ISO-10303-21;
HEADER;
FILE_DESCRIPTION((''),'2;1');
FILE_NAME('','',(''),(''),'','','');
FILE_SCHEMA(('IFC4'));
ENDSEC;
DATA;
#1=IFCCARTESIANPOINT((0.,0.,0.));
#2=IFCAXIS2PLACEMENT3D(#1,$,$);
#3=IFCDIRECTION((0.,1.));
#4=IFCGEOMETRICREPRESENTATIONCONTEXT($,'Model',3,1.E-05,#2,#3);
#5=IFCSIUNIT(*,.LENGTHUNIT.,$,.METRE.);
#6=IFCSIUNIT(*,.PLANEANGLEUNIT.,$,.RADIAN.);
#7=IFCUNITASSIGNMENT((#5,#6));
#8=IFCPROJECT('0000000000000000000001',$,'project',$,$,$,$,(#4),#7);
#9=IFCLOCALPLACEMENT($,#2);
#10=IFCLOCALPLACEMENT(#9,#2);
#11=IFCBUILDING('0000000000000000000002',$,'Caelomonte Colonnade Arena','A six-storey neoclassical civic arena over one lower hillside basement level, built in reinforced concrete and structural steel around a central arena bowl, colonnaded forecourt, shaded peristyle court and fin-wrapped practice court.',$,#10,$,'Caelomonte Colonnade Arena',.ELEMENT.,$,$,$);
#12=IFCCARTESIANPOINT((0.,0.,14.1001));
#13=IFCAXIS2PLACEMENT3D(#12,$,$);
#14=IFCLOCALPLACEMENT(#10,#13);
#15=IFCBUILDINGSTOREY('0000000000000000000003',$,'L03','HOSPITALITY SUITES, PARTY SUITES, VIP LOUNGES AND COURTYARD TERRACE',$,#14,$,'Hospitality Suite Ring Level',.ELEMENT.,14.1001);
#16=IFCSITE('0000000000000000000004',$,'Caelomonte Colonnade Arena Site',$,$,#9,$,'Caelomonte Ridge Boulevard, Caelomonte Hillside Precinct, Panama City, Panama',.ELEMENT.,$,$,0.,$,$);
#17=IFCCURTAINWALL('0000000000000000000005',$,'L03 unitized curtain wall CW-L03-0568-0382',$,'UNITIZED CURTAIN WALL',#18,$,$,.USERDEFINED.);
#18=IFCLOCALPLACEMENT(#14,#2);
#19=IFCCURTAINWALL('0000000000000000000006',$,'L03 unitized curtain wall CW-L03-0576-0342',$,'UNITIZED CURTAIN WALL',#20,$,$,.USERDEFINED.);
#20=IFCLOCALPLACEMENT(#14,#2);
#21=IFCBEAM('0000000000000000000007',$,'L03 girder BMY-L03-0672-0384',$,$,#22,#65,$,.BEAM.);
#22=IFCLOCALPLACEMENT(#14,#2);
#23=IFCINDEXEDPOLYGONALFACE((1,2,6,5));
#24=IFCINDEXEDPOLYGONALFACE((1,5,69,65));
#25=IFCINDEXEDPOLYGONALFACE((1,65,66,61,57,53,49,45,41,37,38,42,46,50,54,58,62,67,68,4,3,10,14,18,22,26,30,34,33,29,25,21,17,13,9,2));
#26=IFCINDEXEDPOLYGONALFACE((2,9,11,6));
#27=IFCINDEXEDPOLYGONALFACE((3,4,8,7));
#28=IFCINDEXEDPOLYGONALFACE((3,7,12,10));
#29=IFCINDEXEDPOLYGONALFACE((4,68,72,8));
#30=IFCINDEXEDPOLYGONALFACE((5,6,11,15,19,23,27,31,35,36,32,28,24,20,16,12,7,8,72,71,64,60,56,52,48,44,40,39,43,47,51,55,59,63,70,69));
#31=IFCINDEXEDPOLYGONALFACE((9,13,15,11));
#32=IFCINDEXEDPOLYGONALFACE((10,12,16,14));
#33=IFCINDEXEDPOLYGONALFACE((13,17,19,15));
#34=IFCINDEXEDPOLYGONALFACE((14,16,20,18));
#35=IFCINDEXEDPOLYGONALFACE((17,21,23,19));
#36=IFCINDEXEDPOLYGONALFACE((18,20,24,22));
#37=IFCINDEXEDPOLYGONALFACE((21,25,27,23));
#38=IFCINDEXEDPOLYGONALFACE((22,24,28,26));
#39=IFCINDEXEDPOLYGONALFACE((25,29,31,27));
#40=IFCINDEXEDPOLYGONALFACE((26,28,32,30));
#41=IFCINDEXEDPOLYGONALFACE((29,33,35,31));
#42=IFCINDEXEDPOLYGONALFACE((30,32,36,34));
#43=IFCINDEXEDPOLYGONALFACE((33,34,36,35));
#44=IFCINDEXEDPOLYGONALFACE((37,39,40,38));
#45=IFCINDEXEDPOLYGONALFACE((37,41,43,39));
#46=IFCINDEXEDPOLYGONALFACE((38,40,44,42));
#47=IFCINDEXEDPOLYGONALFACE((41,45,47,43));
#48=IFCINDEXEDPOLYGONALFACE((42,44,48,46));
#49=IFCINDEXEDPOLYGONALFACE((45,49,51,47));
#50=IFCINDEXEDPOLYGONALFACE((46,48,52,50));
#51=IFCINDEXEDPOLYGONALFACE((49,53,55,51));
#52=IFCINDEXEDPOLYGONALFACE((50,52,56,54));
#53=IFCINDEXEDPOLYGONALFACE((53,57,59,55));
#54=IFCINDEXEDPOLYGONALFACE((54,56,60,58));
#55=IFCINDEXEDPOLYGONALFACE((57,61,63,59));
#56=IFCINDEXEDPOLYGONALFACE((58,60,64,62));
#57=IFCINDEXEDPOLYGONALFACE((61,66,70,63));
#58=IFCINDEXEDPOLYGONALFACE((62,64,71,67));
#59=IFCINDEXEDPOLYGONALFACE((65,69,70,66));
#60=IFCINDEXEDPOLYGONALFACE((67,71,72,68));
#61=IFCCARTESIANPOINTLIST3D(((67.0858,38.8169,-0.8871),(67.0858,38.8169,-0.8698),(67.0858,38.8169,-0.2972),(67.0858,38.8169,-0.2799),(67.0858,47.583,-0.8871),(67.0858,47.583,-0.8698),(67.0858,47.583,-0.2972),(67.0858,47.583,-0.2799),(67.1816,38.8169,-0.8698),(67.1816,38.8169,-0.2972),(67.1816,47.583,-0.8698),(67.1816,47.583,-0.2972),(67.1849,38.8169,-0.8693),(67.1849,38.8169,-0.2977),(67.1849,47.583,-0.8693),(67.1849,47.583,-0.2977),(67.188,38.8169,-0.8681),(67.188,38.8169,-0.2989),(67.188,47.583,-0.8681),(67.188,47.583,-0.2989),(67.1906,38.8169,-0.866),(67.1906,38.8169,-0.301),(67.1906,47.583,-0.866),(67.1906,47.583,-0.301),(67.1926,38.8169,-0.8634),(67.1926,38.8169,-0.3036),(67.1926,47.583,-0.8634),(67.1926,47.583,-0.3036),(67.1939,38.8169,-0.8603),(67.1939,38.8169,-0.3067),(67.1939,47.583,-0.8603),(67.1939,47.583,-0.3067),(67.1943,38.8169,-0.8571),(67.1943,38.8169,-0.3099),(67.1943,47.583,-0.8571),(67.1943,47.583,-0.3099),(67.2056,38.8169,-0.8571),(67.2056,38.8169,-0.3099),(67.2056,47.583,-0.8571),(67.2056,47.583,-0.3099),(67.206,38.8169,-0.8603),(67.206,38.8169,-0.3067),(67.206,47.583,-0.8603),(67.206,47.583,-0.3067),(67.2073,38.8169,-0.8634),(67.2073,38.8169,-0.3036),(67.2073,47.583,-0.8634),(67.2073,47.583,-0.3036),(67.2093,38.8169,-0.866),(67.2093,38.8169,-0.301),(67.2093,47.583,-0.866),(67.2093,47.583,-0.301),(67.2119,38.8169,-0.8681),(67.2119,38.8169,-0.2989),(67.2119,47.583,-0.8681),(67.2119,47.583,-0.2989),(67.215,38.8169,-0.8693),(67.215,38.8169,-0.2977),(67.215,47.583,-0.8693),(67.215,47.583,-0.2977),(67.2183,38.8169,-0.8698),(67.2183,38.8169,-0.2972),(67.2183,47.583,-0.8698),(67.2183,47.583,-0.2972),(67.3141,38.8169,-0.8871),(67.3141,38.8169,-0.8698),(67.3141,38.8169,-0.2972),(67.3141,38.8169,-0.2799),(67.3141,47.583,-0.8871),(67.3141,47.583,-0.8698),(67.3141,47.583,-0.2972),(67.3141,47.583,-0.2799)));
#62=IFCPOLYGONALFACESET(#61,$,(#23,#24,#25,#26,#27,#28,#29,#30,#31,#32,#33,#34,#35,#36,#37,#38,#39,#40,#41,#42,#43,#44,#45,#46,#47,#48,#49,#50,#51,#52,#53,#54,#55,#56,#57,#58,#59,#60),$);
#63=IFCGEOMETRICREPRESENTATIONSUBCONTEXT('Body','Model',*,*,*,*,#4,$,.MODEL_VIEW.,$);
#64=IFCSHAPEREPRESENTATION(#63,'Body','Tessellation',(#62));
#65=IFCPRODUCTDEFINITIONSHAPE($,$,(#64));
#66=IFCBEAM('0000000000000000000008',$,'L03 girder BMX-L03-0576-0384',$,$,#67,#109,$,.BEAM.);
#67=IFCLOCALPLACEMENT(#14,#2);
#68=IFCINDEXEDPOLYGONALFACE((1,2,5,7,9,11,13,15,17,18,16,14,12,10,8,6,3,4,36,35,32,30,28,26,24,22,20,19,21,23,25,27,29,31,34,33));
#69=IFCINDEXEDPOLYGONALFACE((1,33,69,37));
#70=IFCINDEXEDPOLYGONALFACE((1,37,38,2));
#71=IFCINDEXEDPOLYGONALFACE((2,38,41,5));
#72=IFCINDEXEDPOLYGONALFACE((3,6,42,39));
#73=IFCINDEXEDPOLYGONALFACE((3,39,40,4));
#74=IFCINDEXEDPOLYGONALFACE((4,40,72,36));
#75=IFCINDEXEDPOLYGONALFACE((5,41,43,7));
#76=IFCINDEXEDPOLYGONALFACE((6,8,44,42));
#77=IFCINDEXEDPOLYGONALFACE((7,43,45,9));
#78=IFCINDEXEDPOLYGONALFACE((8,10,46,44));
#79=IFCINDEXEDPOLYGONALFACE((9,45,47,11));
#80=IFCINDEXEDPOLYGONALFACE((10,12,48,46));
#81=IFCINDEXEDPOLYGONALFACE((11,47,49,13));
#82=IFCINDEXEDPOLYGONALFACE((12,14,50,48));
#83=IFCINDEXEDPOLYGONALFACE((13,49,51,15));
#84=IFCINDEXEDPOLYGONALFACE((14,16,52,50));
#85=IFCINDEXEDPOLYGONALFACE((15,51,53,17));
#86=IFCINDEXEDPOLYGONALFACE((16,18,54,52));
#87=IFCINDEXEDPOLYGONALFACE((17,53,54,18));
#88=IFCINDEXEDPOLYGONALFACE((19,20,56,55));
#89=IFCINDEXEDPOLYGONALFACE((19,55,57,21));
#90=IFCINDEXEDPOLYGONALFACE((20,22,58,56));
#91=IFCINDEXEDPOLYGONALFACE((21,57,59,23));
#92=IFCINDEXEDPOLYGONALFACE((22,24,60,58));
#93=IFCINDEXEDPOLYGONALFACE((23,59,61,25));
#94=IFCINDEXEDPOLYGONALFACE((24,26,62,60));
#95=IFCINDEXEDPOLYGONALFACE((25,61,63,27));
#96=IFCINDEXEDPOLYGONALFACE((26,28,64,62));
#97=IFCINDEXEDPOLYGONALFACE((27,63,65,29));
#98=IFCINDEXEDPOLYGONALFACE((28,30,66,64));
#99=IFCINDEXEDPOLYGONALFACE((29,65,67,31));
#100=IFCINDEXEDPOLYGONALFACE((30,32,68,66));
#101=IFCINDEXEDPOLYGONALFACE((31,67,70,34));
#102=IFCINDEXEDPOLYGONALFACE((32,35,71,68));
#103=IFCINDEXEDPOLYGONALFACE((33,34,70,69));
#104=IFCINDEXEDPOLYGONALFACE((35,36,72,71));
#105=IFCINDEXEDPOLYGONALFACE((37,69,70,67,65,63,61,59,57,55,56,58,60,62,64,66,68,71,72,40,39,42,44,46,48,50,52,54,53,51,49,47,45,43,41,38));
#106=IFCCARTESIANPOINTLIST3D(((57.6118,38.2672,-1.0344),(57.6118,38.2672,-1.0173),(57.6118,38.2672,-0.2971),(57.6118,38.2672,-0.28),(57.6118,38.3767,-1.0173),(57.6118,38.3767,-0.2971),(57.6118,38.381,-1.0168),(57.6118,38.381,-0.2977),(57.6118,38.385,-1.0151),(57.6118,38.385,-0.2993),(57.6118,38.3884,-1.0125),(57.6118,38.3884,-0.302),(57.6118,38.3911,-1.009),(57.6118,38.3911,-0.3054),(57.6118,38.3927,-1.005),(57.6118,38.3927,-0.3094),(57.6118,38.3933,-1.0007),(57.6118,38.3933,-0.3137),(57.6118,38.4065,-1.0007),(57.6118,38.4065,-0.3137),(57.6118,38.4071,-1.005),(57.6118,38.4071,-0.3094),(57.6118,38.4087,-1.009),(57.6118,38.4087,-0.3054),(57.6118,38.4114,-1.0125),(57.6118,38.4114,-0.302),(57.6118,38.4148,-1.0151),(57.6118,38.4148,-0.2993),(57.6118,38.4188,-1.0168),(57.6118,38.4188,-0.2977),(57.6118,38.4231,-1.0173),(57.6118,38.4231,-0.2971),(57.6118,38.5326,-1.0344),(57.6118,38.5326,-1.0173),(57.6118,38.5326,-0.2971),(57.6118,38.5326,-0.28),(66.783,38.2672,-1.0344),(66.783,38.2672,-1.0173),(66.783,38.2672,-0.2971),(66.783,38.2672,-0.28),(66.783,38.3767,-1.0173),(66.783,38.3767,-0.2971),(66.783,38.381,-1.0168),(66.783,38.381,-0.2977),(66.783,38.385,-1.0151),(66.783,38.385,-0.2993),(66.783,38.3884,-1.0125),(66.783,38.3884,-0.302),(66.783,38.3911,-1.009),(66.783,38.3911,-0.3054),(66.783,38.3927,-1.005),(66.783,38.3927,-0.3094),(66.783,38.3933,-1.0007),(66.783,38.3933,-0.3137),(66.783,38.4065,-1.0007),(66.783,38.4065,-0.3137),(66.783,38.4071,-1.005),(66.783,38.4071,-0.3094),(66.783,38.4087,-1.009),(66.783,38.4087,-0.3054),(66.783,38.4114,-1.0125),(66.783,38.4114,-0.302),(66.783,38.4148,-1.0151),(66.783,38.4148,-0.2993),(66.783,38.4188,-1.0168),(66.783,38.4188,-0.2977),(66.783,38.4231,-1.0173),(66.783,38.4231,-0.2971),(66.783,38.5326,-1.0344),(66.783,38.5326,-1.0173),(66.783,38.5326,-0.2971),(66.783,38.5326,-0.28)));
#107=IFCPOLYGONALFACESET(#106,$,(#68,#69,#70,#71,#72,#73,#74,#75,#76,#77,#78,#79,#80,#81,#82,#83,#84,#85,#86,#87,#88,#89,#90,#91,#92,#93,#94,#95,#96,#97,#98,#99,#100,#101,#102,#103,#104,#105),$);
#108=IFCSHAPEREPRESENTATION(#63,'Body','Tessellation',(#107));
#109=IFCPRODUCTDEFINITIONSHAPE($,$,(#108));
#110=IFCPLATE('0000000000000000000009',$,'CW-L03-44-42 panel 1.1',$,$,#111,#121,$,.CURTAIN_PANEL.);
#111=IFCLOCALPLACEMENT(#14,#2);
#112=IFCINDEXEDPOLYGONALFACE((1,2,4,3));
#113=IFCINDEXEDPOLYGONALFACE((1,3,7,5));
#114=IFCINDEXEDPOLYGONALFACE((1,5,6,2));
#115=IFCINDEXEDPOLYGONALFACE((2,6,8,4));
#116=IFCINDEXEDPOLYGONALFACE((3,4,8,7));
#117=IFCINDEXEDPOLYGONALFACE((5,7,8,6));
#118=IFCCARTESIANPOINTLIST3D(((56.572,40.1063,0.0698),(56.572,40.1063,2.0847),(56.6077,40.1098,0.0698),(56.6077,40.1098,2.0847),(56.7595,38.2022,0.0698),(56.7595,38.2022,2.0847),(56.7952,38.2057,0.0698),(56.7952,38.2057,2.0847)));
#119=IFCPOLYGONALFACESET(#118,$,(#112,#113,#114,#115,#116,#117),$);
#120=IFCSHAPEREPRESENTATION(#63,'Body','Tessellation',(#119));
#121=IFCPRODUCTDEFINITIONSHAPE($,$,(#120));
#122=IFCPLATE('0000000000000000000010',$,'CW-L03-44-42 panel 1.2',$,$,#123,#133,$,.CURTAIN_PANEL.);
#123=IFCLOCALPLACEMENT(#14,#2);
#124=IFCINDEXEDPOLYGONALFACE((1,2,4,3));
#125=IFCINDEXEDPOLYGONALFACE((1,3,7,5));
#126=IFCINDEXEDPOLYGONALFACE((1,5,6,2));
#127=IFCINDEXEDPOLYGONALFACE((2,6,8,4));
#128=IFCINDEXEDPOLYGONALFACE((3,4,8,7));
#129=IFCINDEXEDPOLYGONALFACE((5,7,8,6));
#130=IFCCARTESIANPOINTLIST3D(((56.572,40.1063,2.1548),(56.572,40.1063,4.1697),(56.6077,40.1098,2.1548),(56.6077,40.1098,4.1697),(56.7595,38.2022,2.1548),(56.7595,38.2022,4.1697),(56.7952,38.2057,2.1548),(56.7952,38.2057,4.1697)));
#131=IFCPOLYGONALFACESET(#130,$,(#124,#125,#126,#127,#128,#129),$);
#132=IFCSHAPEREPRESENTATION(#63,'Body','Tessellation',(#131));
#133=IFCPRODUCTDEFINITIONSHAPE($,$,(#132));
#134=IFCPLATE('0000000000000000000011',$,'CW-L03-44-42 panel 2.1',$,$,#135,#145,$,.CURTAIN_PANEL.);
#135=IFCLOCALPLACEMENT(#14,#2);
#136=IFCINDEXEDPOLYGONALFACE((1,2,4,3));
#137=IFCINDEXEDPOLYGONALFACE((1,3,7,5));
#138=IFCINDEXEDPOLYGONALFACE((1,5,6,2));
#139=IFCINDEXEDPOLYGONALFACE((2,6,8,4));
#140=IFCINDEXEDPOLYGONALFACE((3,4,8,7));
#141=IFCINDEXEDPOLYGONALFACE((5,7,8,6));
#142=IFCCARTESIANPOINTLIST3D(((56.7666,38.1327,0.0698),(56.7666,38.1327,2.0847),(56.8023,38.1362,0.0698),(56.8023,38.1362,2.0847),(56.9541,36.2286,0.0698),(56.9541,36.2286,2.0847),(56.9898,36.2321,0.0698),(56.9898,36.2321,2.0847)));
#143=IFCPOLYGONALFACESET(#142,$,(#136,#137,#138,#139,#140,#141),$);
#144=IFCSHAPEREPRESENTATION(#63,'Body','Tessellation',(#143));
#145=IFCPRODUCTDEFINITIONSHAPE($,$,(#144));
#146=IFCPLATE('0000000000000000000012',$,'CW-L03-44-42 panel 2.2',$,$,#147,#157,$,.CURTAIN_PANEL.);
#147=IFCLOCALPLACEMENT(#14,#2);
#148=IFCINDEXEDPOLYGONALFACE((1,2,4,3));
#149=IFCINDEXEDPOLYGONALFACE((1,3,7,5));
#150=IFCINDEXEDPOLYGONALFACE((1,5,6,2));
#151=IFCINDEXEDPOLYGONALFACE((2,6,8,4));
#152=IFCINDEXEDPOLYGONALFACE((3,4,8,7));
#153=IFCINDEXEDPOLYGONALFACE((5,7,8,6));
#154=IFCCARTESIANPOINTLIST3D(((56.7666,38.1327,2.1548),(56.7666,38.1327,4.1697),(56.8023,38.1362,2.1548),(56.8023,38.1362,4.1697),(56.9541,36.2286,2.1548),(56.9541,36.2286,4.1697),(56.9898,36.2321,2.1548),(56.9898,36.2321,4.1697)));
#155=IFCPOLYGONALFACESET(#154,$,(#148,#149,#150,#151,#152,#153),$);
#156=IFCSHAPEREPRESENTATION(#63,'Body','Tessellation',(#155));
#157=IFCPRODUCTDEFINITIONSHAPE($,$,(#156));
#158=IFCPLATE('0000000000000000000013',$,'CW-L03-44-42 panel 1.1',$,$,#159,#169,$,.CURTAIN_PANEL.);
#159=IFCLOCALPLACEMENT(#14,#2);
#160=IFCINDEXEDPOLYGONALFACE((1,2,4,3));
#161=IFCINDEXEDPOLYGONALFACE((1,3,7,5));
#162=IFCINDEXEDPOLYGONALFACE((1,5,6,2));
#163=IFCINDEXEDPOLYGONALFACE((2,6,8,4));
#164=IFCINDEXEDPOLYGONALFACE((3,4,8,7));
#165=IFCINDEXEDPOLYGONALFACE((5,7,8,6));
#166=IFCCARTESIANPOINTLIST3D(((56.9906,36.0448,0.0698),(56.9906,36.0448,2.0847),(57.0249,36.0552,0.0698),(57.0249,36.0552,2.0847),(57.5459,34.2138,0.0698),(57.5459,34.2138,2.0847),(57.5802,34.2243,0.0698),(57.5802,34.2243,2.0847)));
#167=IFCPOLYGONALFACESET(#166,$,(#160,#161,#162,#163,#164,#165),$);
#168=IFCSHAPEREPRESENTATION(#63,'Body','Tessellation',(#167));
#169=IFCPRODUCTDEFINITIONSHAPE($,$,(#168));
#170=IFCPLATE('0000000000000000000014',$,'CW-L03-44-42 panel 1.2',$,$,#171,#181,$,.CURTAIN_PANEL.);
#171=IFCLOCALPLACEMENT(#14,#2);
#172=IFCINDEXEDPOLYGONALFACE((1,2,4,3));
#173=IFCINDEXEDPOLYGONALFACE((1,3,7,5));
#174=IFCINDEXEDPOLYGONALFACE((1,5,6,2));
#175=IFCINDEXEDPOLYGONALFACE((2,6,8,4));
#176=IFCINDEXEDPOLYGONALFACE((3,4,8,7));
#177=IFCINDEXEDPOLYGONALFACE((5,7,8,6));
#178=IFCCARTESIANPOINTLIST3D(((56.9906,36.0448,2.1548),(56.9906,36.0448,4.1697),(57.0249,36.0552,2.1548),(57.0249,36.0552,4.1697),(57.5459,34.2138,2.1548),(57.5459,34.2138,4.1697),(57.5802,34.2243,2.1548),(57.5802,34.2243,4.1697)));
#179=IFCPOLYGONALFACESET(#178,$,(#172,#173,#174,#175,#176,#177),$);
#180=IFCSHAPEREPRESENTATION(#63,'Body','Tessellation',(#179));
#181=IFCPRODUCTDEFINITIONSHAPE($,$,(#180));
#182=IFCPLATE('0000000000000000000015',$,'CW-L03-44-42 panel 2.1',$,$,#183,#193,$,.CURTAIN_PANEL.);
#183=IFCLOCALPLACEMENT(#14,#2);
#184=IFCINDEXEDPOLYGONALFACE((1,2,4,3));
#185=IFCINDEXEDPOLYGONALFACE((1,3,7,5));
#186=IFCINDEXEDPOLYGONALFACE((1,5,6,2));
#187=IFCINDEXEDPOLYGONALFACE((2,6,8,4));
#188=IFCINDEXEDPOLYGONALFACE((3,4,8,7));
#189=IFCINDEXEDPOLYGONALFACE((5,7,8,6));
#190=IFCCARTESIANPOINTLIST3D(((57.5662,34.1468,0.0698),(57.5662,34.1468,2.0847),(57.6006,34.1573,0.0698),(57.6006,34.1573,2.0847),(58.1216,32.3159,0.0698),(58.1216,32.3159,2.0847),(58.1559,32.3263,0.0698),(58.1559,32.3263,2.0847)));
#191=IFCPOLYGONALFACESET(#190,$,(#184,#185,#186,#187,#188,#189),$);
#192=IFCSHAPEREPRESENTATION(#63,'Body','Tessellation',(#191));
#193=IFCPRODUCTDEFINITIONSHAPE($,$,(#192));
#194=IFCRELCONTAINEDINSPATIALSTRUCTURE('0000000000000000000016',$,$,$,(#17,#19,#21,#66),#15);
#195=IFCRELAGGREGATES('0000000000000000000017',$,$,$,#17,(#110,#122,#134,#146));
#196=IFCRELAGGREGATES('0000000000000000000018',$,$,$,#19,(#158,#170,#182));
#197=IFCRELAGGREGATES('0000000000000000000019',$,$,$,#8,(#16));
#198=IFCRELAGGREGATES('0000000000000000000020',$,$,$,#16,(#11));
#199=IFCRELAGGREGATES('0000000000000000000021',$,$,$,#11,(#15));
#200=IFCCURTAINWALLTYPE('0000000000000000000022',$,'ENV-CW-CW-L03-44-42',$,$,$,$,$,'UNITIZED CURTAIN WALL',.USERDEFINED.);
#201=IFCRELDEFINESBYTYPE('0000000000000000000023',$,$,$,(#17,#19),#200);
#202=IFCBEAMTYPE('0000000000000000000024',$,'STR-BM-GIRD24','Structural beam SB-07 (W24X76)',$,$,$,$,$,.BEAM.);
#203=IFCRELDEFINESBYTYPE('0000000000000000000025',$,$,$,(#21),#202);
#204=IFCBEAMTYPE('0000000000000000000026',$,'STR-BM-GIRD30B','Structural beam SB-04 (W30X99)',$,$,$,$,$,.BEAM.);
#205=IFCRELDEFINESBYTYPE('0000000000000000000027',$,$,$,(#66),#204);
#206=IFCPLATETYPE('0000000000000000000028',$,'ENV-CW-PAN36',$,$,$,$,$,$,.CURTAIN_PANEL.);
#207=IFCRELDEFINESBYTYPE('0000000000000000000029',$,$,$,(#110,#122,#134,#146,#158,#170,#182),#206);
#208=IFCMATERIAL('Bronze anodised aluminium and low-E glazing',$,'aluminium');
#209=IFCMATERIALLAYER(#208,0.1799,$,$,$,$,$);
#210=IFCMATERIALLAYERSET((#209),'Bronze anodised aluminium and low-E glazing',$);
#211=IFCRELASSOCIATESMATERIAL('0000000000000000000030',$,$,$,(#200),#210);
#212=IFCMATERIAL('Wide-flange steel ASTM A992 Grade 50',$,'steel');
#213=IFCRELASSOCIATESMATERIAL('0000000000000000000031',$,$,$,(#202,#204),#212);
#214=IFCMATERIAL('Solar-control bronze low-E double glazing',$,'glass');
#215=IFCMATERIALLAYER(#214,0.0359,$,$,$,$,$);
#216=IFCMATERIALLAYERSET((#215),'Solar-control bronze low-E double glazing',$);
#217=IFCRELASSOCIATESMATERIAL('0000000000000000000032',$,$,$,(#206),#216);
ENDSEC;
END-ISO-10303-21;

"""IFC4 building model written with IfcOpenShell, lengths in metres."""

from ifc_helpers import new_model, si_unit, direction, frame, origin, origin_2d, place, context, subcontext, project, spatial, rectangle, i_section, extrude, material, layer, layer_set, material_profile, profile_set, type_object, element, aggregate, save


model = new_model("IFC4")

# Units and contexts
model_context = context("Model", 3, precision=1e-05, world=origin(), true_north=direction((0.0, 1.0)))
body_context = subcontext(model_context, "Body", "Model", "MODEL_VIEW")
ifc_project = project(units=[si_unit("LENGTHUNIT", "METRE"), si_unit("PLANEANGLEUNIT", "RADIAN")], contexts=[model_context])

# Site, building, storey
site_placement = place(None, origin())
site = spatial("IfcSite", under=ifc_project, at=site_placement, Name="Caelomonte Colonnade Arena Site", LongName="Caelomonte Ridge Boulevard, Caelomonte Hillside Precinct, Panama City, Panama", CompositionType="ELEMENT", RefElevation=0.0)
building_placement = place(site_placement, origin())
building = spatial("IfcBuilding", under=site, at=building_placement, Name="Caelomonte Colonnade Arena", Description="A six-storey neoclassical civic arena over one lower hillside basement level, built in reinforced concrete and structural steel around a central arena bowl, colonnaded forecourt, shaded peristyle court and fin-wrapped practice court.", LongName="Caelomonte Colonnade Arena", CompositionType="ELEMENT")
storey_placement = place(building_placement, frame((0.0, 0.0, 14.1001)))
storey = spatial("IfcBuildingStorey", under=building, at=storey_placement, Name="L03", Description="HOSPITALITY SUITES, PARTY SUITES, VIP LOUNGES AND COURTYARD TERRACE", LongName="Hospitality Suite Ring Level", CompositionType="ELEMENT", Elevation=14.1001)

# Shared definitions
ifc_material_1 = material(Name="Wide-flange steel ASTM A992 Grade 50", Category="steel")

# Curtain walls
ifc_material_2 = material(Name="Bronze anodised aluminium and low-E glazing", Category="aluminium")
ifc_layer_1 = layer(ifc_material_2, 0.1799)
ifc_layer_set_1 = layer_set([ifc_layer_1], Name="Bronze anodised aluminium and low-E glazing")
curtain_wall_type = type_object("IfcCurtainWallType", Name="ENV-CW-CW-L03-44-42", ElementType="UNITIZED CURTAIN WALL", PredefinedType="USERDEFINED", material=ifc_layer_set_1)
curtain_wall_1_placement = place(storey_placement, origin())
curtain_wall_1 = element("IfcCurtainWall", 1, at=curtain_wall_1_placement, inside=storey, type_object=curtain_wall_type, Name="L03 unitized curtain wall CW-L03-0568-0382", ObjectType="UNITIZED CURTAIN WALL", PredefinedType="USERDEFINED")
curtain_wall_2_placement = place(storey_placement, origin())
curtain_wall_2 = element("IfcCurtainWall", 2, at=curtain_wall_2_placement, inside=storey, type_object=curtain_wall_type, Name="L03 unitized curtain wall CW-L03-0576-0342", ObjectType="UNITIZED CURTAIN WALL", PredefinedType="USERDEFINED")

# Beams
ifc_material_profile_1 = material_profile(ifc_material_1, i_section(OverallWidth=0.2283, OverallDepth=0.6072, WebThickness=0.0112, FlangeThickness=0.0173, FilletRadius=0.0127, at=origin_2d()), Name="W24X76")
ifc_profile_set_1 = profile_set([ifc_material_profile_1], Name="Wide-flange steel ASTM A992 Grade 50")
beam_type_1 = type_object("IfcBeamType", Name="STR-BM-GIRD24", Description="Structural beam SB-07 (W24X76)", PredefinedType="BEAM", material=ifc_profile_set_1)
beam_1_placement = place(storey_placement, frame((67.2, 38.8169, -0.5835), z_axis=(0.0, 1.0, 0.0), x_axis=(-1.0, 0.0, 0.0)))
element("IfcBeam", 3, at=beam_1_placement, inside=storey, type_object=beam_type_1, Name="L03 girder BMY-L03-0672-0384", PredefinedType="BEAM", context=body_context, shape_type="SweptSolid", body=[
    extrude(i_section(OverallWidth=0.2283, OverallDepth=0.6072, WebThickness=0.0112, FlangeThickness=0.0173, FilletRadius=0.0127, at=origin_2d()), origin(), (0.0, 0.0, 1.0), 8.7661),
])
ifc_material_profile_2 = material_profile(ifc_material_1, i_section(OverallWidth=0.2654, OverallDepth=0.7544, WebThickness=0.0132, FlangeThickness=0.0171, FilletRadius=0.0166, at=origin_2d()), Name="W30X99")
ifc_profile_set_2 = profile_set([ifc_material_profile_2], Name="Wide-flange steel ASTM A992 Grade 50")
beam_type_2 = type_object("IfcBeamType", Name="STR-BM-GIRD30B", Description="Structural beam SB-04 (W30X99)", PredefinedType="BEAM", material=ifc_profile_set_2)
beam_2_placement = place(storey_placement, frame((57.6118, 38.3999, -0.6572), z_axis=(1.0, 0.0, 0.0), x_axis=(0.0, 1.0, 0.0)))
element("IfcBeam", 4, at=beam_2_placement, inside=storey, type_object=beam_type_2, Name="L03 girder BMX-L03-0576-0384", PredefinedType="BEAM", context=body_context, shape_type="SweptSolid", body=[
    extrude(i_section(OverallWidth=0.2654, OverallDepth=0.7544, WebThickness=0.0132, FlangeThickness=0.0171, FilletRadius=0.0166, at=origin_2d()), origin(), (0.0, 0.0, 1.0), 9.1711),
])

# Plates
ifc_material_3 = material(Name="Solar-control bronze low-E double glazing", Category="glass")
ifc_layer_2 = layer(ifc_material_3, 0.0359)
ifc_layer_set_2 = layer_set([ifc_layer_2], Name="Solar-control bronze low-E double glazing")
plate_type = type_object("IfcPlateType", Name="ENV-CW-PAN36", PredefinedType="CURTAIN_PANEL", material=ifc_layer_set_2)
plate_1_placement = place(storey_placement, frame((56.6836, 39.156, 0.0698), z_axis=(0.0, 0.0, 1.0), x_axis=(0.098002, -0.995186, 0.0)))
plate_1 = element("IfcPlate", 5, at=plate_1_placement, type_object=plate_type, Name="CW-L03-44-42 panel 1.1", PredefinedType="CURTAIN_PANEL", context=body_context, shape_type="SweptSolid", body=[
    extrude(rectangle(XDim=1.9133, YDim=0.0359, at=origin_2d()), origin(), (0.0, 0.0, 1.0), 2.0149),
])
plate_2_placement = place(storey_placement, frame((56.6836, 39.156, 2.1548), z_axis=(0.0, 0.0, 1.0), x_axis=(0.098002, -0.995186, 0.0)))
plate_2 = element("IfcPlate", 6, at=plate_2_placement, type_object=plate_type, Name="CW-L03-44-42 panel 1.2", PredefinedType="CURTAIN_PANEL", context=body_context, shape_type="SweptSolid", body=[
    extrude(rectangle(XDim=1.9133, YDim=0.0359, at=origin_2d()), origin(), (0.0, 0.0, 1.0), 2.0149),
])
plate_3_placement = place(storey_placement, frame((56.8782, 37.1824, 0.0698), z_axis=(0.0, 0.0, 1.0), x_axis=(0.098002, -0.995186, 0.0)))
plate_3 = element("IfcPlate", 7, at=plate_3_placement, type_object=plate_type, Name="CW-L03-44-42 panel 2.1", PredefinedType="CURTAIN_PANEL", context=body_context, shape_type="SweptSolid", body=[
    extrude(rectangle(XDim=1.9133, YDim=0.0359, at=origin_2d()), origin(), (0.0, 0.0, 1.0), 2.0149),
])
plate_4_placement = place(storey_placement, frame((56.8782, 37.1824, 2.1548), z_axis=(0.0, 0.0, 1.0), x_axis=(0.098002, -0.995186, 0.0)))
plate_4 = element("IfcPlate", 8, at=plate_4_placement, type_object=plate_type, Name="CW-L03-44-42 panel 2.2", PredefinedType="CURTAIN_PANEL", context=body_context, shape_type="SweptSolid", body=[
    extrude(rectangle(XDim=1.9133, YDim=0.0359, at=origin_2d()), origin(), (0.0, 0.0, 1.0), 2.0149),
])
aggregate(curtain_wall_1, [plate_1, plate_2, plate_3, plate_4])
plate_5_placement = place(storey_placement, frame((57.2854, 35.1345, 0.0698), z_axis=(0.0, 0.0, 1.0), x_axis=(0.290256, -0.956949, 0.0)))
plate_5 = element("IfcPlate", 9, at=plate_5_placement, type_object=plate_type, Name="CW-L03-44-42 panel 1.1", PredefinedType="CURTAIN_PANEL", context=body_context, shape_type="SweptSolid", body=[
    extrude(rectangle(XDim=1.9133, YDim=0.0359, at=origin_2d()), origin(), (0.0, 0.0, 1.0), 2.0149),
])
plate_6_placement = place(storey_placement, frame((57.2854, 35.1345, 2.1548), z_axis=(0.0, 0.0, 1.0), x_axis=(0.290256, -0.956949, 0.0)))
plate_6 = element("IfcPlate", 10, at=plate_6_placement, type_object=plate_type, Name="CW-L03-44-42 panel 1.2", PredefinedType="CURTAIN_PANEL", context=body_context, shape_type="SweptSolid", body=[
    extrude(rectangle(XDim=1.9133, YDim=0.0359, at=origin_2d()), origin(), (0.0, 0.0, 1.0), 2.0149),
])
plate_7_placement = place(storey_placement, frame((57.8611, 33.2366, 0.0698), z_axis=(0.0, 0.0, 1.0), x_axis=(0.290256, -0.956949, 0.0)))
plate_7 = element("IfcPlate", 11, at=plate_7_placement, type_object=plate_type, Name="CW-L03-44-42 panel 2.1", PredefinedType="CURTAIN_PANEL", context=body_context, shape_type="SweptSolid", body=[
    extrude(rectangle(XDim=1.9133, YDim=0.0359, at=origin_2d()), origin(), (0.0, 0.0, 1.0), 2.0149),
])
aggregate(curtain_wall_2, [plate_5, plate_6, plate_7])

save(model, "model.ifc")
